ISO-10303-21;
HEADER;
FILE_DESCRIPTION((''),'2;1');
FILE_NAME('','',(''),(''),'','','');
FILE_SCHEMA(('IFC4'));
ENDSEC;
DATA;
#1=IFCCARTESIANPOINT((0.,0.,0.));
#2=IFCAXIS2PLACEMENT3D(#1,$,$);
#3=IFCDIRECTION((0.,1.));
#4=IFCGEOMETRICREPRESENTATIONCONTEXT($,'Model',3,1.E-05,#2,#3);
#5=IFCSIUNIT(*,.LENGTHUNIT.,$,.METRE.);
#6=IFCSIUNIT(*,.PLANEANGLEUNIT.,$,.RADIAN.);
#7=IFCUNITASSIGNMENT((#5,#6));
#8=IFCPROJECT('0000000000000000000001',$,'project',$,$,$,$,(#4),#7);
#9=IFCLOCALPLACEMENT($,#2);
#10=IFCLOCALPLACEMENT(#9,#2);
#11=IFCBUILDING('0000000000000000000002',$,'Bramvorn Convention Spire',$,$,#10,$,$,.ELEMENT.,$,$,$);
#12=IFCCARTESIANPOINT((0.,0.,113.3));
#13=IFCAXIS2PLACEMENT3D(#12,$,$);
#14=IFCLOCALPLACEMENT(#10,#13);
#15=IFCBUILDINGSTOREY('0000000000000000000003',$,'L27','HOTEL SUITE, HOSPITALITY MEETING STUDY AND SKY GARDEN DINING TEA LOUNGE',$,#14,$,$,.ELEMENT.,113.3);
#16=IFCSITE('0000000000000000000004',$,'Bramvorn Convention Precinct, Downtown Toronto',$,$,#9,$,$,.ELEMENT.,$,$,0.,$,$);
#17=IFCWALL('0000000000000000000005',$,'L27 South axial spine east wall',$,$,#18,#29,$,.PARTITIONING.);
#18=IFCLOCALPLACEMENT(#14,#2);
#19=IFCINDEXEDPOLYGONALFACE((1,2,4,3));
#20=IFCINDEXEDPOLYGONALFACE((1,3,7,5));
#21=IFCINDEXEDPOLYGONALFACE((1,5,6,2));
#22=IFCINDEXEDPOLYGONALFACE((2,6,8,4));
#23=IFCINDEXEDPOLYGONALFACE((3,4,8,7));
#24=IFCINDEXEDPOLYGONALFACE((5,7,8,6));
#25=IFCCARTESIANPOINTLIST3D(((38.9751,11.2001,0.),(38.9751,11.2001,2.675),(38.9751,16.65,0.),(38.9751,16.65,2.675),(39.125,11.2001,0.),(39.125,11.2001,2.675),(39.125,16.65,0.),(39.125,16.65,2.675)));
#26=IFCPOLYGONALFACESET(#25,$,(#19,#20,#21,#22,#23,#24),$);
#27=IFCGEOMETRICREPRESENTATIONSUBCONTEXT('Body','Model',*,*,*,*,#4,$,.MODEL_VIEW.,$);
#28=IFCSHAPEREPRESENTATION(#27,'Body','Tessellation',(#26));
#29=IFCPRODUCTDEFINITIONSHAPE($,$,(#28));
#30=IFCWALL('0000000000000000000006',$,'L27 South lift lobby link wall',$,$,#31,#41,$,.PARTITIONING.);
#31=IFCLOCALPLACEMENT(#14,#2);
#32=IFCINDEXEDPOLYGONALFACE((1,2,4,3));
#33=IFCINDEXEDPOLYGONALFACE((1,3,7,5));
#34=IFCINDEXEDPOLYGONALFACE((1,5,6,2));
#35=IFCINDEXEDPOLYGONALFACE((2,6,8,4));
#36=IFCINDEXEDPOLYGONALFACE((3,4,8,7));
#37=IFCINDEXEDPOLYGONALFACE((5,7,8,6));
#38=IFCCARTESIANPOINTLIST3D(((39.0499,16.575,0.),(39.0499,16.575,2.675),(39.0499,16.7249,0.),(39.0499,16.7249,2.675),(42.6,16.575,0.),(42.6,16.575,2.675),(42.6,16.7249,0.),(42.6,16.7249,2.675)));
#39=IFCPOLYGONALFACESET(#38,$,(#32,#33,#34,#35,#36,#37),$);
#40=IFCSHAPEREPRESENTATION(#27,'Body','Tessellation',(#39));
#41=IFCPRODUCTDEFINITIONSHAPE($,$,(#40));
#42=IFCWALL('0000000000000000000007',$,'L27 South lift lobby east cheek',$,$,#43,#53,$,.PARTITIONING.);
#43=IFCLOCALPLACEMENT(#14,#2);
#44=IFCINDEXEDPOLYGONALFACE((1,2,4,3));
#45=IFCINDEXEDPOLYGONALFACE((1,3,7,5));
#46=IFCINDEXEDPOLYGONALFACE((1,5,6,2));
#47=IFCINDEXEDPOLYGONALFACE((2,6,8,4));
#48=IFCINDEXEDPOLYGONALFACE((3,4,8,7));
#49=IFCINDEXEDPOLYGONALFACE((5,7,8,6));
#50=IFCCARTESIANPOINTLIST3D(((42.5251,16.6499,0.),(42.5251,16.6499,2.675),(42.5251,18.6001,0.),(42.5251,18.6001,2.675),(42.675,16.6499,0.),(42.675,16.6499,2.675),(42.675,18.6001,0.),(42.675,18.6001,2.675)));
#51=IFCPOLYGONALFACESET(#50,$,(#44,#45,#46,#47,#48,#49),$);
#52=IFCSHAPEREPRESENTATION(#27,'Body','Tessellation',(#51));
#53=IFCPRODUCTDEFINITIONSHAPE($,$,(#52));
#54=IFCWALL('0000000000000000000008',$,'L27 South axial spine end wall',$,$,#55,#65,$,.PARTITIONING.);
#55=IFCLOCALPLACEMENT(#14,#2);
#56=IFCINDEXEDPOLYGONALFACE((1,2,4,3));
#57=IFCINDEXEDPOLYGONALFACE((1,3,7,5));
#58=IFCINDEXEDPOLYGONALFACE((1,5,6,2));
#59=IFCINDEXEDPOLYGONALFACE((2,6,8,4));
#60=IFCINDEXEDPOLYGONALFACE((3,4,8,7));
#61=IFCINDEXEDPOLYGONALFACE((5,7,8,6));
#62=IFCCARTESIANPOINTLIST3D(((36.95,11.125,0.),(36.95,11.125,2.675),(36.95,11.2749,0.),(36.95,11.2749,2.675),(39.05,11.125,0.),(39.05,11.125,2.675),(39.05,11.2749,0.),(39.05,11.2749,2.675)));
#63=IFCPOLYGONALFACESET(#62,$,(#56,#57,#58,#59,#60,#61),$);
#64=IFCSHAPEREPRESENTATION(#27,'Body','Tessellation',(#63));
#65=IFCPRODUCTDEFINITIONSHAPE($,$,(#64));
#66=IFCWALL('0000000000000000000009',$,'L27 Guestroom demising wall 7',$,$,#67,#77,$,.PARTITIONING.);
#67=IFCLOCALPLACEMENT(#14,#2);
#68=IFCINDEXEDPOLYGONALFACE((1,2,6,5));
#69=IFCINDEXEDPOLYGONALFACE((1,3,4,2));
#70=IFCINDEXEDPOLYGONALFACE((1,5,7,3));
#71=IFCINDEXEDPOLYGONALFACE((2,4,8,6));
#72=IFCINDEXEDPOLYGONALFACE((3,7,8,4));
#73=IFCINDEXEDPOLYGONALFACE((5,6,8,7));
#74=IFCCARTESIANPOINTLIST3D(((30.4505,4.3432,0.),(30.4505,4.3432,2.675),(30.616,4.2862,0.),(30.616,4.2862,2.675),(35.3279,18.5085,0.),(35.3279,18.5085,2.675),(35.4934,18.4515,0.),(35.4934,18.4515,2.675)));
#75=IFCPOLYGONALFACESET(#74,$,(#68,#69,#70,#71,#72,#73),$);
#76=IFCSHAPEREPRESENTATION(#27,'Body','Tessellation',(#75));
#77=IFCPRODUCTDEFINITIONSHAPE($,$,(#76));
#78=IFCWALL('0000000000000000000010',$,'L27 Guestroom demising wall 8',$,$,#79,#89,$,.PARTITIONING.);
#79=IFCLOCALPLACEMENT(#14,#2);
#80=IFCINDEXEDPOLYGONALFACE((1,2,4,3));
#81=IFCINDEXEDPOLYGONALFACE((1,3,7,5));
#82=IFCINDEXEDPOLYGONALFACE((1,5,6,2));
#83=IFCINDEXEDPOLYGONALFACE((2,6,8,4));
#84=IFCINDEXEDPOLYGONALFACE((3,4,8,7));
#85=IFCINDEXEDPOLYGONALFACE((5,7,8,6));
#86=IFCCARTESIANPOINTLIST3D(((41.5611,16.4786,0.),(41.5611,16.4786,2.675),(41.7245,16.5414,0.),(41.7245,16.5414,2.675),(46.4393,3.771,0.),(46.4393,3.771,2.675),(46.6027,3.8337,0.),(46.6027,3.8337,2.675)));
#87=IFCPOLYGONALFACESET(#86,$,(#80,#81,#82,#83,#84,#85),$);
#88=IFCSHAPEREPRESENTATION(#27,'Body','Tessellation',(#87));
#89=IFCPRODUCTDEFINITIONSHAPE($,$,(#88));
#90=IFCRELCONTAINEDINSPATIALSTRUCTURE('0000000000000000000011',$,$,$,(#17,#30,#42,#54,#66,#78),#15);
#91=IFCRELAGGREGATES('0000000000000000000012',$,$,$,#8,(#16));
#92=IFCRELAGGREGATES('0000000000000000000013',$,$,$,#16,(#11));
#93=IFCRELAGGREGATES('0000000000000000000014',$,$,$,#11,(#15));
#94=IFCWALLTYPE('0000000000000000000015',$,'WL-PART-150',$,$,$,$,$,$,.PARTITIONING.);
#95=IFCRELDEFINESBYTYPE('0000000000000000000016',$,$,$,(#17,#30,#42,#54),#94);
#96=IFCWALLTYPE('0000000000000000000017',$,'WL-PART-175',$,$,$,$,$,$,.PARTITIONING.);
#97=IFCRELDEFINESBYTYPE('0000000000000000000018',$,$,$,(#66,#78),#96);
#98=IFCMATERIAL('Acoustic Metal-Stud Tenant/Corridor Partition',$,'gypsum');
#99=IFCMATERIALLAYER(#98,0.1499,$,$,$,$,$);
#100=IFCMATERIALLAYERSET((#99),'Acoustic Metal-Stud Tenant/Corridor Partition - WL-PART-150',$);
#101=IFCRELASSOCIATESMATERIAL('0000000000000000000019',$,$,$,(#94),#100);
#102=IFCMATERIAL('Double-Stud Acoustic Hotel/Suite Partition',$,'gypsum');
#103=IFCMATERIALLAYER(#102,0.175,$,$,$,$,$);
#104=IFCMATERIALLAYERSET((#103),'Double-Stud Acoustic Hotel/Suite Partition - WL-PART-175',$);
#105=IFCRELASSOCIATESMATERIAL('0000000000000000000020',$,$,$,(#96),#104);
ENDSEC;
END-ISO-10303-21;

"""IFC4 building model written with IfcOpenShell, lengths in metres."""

from ifc_helpers import new_model, si_unit, direction, frame, frame_2d, origin, place, context, subcontext, project, spatial, rectangle, extrude, material, layer, layer_set, type_object, element, save


model = new_model("IFC4")

# Units and contexts
model_context = context("Model", 3, precision=1e-05, world=origin(), true_north=direction((0.0, 1.0)))
body_context = subcontext(model_context, "Body", "Model", "MODEL_VIEW")
ifc_project = project(units=[si_unit("LENGTHUNIT", "METRE"), si_unit("PLANEANGLEUNIT", "RADIAN")], contexts=[model_context])

# Site, building, storey
site_placement = place(None, origin())
site = spatial("IfcSite", under=ifc_project, at=site_placement, Name="Bramvorn Convention Precinct, Downtown Toronto", CompositionType="ELEMENT", RefElevation=0.0)
building_placement = place(site_placement, origin())
building = spatial("IfcBuilding", under=site, at=building_placement, Name="Bramvorn Convention Spire", CompositionType="ELEMENT")
storey_placement = place(building_placement, frame((0.0, 0.0, 113.3)))
storey = spatial("IfcBuildingStorey", under=building, at=storey_placement, Name="L27", Description="HOTEL SUITE, HOSPITALITY MEETING STUDY AND SKY GARDEN DINING TEA LOUNGE", CompositionType="ELEMENT", Elevation=113.3)

# Shared definitions
ifc_material_1 = material(Name="Acoustic Metal-Stud Tenant/Corridor Partition", Category="gypsum")
ifc_layer_1 = layer(ifc_material_1, 0.1499)
ifc_layer_set_1 = layer_set([ifc_layer_1], Name="Acoustic Metal-Stud Tenant/Corridor Partition - WL-PART-150")
wall_type_1 = type_object("IfcWallType", Name="WL-PART-150", PredefinedType="PARTITIONING", material=ifc_layer_set_1)

# Walls
wall_1_placement = place(storey_placement, frame((39.05, 11.2, 0.0), z_axis=(0.0, 0.0, 1.0), x_axis=(0.0, 1.0, 0.0)))
element("IfcWall", 1, at=wall_1_placement, inside=storey, type_object=wall_type_1, Name="L27 South axial spine east wall", PredefinedType="PARTITIONING", context=body_context, shape_type="SweptSolid", body=[
    extrude(rectangle(XDim=5.45, YDim=0.1499, at=frame_2d((2.7251, 0.0))), origin(), (0.0, 0.0, 1.0), 2.675),
])
wall_2_placement = place(storey_placement, frame((39.05, 16.6499, 0.0), z_axis=(0.0, 0.0, 1.0), x_axis=(1.0, 0.0, 0.0)))
element("IfcWall", 2, at=wall_2_placement, inside=storey, type_object=wall_type_1, Name="L27 South lift lobby link wall", PredefinedType="PARTITIONING", context=body_context, shape_type="SweptSolid", body=[
    extrude(rectangle(XDim=3.55, YDim=0.1499, at=frame_2d((1.7749, 0.0))), origin(), (0.0, 0.0, 1.0), 2.675),
])
wall_3_placement = place(storey_placement, frame((42.6001, 16.6499, 0.0), z_axis=(0.0, 0.0, 1.0), x_axis=(0.0, 1.0, 0.0)))
element("IfcWall", 3, at=wall_3_placement, inside=storey, type_object=wall_type_1, Name="L27 South lift lobby east cheek", PredefinedType="PARTITIONING", context=body_context, shape_type="SweptSolid", body=[
    extrude(rectangle(XDim=1.9502, YDim=0.1499, at=frame_2d((0.9751, 0.0))), origin(), (0.0, 0.0, 1.0), 2.675),
])
wall_4_placement = place(storey_placement, frame((36.95, 11.2, 0.0), z_axis=(0.0, 0.0, 1.0), x_axis=(1.0, 0.0, 0.0)))
element("IfcWall", 4, at=wall_4_placement, inside=storey, type_object=wall_type_1, Name="L27 South axial spine end wall", PredefinedType="PARTITIONING", context=body_context, shape_type="SweptSolid", body=[
    extrude(rectangle(XDim=2.1001, YDim=0.1499, at=frame_2d((1.05, 0.0))), origin(), (0.0, 0.0, 1.0), 2.675),
])
ifc_material_2 = material(Name="Double-Stud Acoustic Hotel/Suite Partition", Category="gypsum")
ifc_layer_2 = layer(ifc_material_2, 0.175)
ifc_layer_set_2 = layer_set([ifc_layer_2], Name="Double-Stud Acoustic Hotel/Suite Partition - WL-PART-175")
wall_type_2 = type_object("IfcWallType", Name="WL-PART-175", PredefinedType="PARTITIONING", material=ifc_layer_set_2)
wall_5_placement = place(storey_placement, frame((35.4106, 18.48, 0.0), z_axis=(0.0, 0.0, 1.0), x_axis=(-0.325565, -0.94552, 0.0)))
element("IfcWall", 5, at=wall_5_placement, inside=storey, type_object=wall_type_2, Name="L27 Guestroom demising wall 7", PredefinedType="PARTITIONING", context=body_context, shape_type="SweptSolid", body=[
    extrude(rectangle(XDim=14.9814, YDim=0.175, at=frame_2d((7.4907, 0.0))), origin(), (0.0, 0.0, 1.0), 2.675),
])
wall_6_placement = place(storey_placement, frame((41.6428, 16.51, 0.0), z_axis=(0.0, 0.0, 1.0), x_axis=(0.358376, -0.933577, 0.0)))
element("IfcWall", 6, at=wall_6_placement, inside=storey, type_object=wall_type_2, Name="L27 Guestroom demising wall 8", PredefinedType="PARTITIONING", context=body_context, shape_type="SweptSolid", body=[
    extrude(rectangle(XDim=13.6118, YDim=0.175, at=frame_2d((6.8059, 0.0))), origin(), (0.0, 0.0, 1.0), 2.675),
])

save(model, "model.ifc")
